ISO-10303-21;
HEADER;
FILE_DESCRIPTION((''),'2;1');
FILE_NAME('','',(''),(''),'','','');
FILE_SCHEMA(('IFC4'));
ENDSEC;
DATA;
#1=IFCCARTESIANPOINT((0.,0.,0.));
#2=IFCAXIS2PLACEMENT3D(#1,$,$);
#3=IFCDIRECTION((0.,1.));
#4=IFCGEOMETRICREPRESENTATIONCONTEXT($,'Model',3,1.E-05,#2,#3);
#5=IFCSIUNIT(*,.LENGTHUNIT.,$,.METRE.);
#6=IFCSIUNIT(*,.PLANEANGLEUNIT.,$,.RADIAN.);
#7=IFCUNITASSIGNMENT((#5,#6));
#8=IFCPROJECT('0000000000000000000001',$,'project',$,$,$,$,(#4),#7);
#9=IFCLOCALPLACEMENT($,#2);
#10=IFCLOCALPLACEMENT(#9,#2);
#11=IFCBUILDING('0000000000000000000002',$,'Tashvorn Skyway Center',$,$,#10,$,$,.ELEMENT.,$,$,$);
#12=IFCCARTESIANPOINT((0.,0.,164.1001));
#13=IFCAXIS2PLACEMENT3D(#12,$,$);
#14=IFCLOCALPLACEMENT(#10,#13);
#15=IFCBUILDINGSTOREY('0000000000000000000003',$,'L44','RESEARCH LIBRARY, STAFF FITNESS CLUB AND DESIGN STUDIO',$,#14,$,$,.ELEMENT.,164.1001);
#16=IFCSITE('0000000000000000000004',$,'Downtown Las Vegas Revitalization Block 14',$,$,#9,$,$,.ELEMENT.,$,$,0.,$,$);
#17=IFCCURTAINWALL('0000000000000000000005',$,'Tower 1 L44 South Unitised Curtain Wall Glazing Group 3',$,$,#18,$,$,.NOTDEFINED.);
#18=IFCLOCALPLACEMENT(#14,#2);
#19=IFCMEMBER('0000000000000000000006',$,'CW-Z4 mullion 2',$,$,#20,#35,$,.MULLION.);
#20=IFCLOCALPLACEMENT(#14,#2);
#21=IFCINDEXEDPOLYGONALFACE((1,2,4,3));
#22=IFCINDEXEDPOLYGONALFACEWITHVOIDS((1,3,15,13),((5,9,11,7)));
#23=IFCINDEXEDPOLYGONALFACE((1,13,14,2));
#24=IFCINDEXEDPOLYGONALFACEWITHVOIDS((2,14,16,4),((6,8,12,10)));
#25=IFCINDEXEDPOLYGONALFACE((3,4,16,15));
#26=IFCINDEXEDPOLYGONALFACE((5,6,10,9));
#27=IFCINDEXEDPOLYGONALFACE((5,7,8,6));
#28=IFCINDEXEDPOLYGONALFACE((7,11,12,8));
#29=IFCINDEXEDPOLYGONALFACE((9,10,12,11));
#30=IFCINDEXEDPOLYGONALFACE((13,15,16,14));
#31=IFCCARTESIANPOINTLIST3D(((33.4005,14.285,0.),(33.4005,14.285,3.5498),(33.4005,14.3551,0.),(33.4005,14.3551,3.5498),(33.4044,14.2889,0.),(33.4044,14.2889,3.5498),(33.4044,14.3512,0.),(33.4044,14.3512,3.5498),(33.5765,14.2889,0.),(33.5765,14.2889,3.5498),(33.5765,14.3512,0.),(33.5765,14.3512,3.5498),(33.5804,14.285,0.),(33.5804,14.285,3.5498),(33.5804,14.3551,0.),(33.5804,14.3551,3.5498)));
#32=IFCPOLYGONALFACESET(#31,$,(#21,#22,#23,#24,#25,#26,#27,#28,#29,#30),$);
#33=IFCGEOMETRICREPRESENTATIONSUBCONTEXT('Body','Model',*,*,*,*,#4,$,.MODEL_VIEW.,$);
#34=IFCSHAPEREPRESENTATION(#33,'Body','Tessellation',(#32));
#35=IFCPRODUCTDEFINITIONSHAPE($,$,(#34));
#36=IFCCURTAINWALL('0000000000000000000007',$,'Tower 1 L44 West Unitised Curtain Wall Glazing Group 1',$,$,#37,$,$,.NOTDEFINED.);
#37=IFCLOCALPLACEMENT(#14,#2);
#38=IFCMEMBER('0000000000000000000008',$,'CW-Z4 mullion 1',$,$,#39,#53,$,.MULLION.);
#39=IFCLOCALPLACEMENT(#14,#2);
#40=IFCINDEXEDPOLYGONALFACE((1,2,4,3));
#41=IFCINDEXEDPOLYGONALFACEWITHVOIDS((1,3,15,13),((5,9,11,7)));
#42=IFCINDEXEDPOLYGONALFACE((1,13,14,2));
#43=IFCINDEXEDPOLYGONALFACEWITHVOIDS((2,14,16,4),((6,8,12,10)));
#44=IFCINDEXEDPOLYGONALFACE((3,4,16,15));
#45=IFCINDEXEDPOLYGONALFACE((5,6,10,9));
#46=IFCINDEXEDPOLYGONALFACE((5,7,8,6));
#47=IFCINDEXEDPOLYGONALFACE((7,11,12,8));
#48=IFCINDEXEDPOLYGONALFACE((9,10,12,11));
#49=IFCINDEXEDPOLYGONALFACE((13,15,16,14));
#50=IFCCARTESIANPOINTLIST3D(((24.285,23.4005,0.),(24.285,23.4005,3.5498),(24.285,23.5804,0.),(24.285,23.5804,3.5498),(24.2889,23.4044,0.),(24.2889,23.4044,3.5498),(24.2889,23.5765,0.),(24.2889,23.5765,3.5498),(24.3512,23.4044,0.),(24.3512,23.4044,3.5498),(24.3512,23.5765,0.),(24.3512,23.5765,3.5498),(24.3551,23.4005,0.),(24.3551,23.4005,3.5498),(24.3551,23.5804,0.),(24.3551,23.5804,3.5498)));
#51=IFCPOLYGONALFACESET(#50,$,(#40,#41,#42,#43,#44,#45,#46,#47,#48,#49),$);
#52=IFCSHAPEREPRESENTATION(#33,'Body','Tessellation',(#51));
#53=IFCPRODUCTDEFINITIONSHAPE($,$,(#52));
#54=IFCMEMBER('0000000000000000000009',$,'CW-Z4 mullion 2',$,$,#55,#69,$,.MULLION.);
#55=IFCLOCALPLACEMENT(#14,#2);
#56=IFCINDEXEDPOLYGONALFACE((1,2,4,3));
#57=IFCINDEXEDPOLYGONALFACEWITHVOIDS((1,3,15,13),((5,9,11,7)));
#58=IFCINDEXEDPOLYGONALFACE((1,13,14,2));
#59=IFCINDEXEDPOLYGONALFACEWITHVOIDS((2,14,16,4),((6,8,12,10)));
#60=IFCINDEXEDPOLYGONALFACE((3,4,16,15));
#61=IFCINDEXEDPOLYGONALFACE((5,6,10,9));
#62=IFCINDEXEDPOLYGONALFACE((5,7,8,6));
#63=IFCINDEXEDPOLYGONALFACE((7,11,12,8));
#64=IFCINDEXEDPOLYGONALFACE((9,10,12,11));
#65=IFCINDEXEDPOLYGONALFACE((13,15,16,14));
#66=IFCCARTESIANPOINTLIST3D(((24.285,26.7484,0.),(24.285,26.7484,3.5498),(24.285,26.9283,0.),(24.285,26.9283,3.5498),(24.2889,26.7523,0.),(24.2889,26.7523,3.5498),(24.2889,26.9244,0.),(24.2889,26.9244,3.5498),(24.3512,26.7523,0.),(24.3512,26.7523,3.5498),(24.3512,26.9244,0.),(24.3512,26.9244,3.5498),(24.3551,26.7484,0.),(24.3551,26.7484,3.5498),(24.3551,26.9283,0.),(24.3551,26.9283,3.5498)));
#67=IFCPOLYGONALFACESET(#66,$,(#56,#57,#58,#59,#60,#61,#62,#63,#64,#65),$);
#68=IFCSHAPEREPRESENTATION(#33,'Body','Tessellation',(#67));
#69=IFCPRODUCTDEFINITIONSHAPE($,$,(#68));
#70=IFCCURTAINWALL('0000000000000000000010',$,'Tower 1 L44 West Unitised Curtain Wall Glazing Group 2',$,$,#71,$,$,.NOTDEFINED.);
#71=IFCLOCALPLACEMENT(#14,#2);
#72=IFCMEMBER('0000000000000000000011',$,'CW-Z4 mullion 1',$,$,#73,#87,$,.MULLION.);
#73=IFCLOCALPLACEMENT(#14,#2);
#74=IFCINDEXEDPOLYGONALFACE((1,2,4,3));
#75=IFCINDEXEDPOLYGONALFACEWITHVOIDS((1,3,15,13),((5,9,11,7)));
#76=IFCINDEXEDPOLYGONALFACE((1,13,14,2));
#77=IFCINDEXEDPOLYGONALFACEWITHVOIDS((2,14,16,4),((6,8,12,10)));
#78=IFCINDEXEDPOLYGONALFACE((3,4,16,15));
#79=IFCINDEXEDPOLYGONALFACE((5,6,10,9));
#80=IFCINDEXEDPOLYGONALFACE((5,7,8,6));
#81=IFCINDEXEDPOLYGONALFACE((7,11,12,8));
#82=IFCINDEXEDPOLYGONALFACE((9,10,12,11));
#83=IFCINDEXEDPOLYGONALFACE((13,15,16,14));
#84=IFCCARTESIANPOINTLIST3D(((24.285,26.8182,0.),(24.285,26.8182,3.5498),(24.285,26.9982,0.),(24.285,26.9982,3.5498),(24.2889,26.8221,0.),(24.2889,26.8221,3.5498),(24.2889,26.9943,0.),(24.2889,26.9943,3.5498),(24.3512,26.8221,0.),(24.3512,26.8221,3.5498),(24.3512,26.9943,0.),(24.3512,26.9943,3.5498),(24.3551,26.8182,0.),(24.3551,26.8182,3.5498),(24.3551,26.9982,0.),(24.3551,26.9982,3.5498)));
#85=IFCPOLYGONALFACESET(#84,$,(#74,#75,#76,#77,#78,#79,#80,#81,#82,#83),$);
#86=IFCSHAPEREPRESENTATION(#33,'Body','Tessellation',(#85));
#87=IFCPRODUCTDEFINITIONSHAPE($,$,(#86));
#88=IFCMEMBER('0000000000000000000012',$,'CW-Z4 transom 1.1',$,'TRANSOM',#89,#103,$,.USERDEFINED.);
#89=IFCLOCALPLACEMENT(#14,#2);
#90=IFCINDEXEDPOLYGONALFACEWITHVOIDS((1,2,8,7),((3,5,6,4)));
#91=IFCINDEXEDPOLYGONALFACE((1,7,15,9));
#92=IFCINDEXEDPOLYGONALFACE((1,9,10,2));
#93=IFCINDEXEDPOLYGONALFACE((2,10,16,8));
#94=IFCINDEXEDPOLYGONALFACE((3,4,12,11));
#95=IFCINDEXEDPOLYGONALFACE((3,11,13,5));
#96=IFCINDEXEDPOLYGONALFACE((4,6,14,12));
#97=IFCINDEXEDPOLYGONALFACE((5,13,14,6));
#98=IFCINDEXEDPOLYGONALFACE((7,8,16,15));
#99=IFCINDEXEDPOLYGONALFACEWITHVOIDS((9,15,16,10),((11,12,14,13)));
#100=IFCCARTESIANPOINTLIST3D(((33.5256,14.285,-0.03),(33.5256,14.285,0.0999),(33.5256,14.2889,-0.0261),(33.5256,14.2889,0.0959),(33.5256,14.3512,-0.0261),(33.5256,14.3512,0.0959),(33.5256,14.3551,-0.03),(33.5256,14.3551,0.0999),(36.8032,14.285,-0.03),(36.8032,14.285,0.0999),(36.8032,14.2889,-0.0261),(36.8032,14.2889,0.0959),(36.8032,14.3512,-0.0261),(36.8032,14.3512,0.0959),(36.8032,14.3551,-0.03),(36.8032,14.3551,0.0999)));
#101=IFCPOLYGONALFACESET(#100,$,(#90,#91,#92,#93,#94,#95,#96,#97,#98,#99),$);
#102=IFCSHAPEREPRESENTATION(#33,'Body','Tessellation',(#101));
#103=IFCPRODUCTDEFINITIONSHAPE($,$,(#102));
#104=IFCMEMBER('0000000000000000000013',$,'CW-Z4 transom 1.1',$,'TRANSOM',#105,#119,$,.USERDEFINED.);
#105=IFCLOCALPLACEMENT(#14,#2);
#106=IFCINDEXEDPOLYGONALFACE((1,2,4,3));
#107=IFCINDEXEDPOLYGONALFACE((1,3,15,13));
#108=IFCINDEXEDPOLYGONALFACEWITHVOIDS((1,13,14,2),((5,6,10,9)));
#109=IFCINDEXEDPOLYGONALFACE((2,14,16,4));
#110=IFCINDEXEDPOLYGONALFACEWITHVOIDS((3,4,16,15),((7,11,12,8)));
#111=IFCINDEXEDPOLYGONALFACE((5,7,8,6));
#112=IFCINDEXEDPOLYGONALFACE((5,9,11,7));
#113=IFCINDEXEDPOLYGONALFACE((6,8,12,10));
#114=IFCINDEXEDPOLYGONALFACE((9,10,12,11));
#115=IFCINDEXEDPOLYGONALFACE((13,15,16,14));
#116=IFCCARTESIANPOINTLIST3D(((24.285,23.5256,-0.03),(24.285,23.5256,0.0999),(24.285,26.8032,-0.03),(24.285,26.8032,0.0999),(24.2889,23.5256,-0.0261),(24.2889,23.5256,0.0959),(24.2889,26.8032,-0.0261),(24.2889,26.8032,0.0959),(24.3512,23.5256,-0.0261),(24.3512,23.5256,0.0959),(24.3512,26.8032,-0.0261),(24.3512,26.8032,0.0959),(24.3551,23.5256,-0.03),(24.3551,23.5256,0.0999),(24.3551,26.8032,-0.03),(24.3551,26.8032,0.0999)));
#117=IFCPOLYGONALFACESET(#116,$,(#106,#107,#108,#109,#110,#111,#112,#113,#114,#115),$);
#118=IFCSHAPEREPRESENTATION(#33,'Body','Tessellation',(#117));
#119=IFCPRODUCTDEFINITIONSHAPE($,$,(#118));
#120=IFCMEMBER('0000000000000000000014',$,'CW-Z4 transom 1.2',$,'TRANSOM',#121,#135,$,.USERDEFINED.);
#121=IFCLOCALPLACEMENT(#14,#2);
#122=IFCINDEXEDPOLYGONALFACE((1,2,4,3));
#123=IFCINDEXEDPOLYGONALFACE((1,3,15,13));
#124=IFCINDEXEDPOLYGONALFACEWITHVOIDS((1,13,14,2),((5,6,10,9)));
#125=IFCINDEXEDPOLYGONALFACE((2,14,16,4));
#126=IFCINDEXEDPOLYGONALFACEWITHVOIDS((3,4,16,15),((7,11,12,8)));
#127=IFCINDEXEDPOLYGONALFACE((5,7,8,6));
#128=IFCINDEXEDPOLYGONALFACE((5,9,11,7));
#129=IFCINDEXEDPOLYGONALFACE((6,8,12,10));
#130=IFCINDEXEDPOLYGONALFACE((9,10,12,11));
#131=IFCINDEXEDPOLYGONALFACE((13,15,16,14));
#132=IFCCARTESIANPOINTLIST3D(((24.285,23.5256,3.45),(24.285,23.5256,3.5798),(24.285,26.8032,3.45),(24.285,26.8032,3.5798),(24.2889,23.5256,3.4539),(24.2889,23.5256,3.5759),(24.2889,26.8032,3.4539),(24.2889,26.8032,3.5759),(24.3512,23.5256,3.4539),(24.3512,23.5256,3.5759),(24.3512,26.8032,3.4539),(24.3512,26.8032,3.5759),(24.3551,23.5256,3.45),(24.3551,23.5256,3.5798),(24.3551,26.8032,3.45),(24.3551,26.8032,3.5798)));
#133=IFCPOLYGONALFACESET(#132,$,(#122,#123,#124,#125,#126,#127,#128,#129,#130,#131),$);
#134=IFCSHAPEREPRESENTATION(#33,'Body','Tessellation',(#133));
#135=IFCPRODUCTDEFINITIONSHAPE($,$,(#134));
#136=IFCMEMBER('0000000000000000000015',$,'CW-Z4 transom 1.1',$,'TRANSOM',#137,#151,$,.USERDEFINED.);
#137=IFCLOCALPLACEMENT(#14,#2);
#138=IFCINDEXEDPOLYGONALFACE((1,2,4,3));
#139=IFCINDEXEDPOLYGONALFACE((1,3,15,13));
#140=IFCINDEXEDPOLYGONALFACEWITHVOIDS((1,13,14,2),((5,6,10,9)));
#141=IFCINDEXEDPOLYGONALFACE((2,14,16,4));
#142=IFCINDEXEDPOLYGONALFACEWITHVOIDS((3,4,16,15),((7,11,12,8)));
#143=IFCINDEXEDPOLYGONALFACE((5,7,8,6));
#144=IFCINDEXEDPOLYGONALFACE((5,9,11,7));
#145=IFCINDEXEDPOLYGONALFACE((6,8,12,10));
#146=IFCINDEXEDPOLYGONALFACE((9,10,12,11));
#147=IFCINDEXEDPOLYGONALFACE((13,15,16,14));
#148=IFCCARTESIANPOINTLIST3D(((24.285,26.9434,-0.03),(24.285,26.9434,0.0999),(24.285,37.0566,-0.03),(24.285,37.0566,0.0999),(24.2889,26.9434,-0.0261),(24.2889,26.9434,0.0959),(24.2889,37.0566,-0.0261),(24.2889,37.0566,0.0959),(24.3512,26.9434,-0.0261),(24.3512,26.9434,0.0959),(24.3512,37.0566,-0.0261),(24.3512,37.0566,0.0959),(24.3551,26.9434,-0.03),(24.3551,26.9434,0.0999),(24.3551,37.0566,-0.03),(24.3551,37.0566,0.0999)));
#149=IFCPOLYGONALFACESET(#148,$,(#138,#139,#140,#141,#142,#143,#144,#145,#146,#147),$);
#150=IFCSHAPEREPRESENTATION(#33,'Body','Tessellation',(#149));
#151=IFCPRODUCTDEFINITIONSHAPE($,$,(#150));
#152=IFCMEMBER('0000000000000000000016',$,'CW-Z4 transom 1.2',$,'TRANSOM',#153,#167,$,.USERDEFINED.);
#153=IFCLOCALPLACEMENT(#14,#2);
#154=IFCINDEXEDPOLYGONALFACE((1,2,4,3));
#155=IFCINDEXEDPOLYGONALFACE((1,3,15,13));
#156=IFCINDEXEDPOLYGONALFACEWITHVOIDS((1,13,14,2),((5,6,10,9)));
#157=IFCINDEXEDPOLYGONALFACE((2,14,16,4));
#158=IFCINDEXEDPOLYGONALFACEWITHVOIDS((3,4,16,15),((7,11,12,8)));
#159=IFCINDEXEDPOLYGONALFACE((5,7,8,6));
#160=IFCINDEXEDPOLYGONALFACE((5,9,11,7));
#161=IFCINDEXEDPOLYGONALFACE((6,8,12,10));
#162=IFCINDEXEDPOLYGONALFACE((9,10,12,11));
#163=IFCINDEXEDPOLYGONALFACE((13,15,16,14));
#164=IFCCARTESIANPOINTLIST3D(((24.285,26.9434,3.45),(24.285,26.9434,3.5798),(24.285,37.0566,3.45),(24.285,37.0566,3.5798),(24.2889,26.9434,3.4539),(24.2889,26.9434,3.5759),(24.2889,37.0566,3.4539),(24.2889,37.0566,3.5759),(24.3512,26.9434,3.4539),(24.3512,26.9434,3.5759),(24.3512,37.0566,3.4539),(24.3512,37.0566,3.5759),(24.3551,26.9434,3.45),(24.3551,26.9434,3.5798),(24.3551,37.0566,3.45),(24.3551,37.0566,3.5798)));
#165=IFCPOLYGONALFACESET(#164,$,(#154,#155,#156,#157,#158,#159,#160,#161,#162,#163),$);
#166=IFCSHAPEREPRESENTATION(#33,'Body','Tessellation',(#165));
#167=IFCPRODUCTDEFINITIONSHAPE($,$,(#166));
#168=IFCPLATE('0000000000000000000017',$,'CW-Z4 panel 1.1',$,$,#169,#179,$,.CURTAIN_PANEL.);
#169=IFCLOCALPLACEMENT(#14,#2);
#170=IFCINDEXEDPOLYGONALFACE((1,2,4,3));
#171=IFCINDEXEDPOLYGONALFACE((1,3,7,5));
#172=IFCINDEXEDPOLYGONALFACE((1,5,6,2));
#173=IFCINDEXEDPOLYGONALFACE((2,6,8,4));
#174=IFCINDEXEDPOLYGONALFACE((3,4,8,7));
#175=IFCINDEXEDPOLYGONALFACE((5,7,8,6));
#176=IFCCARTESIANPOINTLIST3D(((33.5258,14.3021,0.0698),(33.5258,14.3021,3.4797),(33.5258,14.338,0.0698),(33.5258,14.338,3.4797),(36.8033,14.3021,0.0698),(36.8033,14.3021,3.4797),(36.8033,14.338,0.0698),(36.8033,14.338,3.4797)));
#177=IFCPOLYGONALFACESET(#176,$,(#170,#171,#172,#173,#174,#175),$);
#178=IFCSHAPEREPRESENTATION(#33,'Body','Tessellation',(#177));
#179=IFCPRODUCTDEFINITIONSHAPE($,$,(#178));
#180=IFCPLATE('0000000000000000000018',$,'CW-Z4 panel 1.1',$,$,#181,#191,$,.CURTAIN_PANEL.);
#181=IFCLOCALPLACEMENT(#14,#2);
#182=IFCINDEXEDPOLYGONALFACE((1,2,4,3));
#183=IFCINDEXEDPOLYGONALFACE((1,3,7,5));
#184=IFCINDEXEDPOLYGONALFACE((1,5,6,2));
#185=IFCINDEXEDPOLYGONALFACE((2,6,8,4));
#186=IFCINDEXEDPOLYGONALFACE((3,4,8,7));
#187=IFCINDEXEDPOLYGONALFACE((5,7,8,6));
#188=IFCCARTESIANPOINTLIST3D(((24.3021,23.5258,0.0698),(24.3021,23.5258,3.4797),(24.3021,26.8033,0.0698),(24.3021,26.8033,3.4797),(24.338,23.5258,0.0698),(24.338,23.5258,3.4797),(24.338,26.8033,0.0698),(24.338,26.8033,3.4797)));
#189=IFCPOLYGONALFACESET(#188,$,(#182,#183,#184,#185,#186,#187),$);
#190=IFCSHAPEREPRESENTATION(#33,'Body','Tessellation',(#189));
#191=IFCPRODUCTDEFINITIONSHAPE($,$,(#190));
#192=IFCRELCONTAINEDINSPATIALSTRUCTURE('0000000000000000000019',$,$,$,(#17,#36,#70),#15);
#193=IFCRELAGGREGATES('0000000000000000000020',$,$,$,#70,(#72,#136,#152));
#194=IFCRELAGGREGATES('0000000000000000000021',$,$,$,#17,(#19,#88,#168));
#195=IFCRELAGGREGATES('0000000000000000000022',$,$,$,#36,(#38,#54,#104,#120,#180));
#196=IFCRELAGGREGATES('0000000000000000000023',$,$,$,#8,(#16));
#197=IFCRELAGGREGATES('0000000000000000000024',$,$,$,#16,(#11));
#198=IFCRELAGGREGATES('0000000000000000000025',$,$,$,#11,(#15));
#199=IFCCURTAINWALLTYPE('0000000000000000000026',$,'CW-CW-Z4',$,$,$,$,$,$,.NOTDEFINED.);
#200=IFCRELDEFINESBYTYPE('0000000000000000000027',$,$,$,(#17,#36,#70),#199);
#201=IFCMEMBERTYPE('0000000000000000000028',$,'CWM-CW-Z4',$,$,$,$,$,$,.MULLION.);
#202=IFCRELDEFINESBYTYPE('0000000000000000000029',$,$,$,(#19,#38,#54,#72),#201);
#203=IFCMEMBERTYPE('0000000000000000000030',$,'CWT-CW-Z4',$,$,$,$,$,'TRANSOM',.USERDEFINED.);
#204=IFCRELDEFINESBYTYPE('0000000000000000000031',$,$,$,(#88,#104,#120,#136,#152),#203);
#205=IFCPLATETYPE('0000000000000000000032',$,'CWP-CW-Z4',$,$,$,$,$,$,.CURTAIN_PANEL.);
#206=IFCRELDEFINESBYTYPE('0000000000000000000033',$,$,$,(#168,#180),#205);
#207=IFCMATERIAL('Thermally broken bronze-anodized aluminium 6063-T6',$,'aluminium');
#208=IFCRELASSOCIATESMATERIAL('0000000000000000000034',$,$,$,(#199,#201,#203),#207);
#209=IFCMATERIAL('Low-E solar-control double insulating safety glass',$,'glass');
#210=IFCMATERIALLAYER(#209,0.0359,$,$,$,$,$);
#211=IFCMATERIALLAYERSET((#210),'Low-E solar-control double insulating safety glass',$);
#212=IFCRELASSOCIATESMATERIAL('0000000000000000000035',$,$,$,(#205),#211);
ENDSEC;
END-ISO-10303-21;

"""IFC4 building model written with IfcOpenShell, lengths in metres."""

from ifc_helpers import new_model, si_unit, direction, frame, origin, origin_2d, place, context, subcontext, project, spatial, rectangle, hollow_rectangle, extrude, material, layer, layer_set, material_profile, profile_set, type_object, element, aggregate, save


model = new_model("IFC4")

# Units and contexts
model_context = context("Model", 3, precision=1e-05, world=origin(), true_north=direction((0.0, 1.0)))
body_context = subcontext(model_context, "Body", "Model", "MODEL_VIEW")
ifc_project = project(units=[si_unit("LENGTHUNIT", "METRE"), si_unit("PLANEANGLEUNIT", "RADIAN")], contexts=[model_context])

# Site, building, storey
site_placement = place(None, origin())
site = spatial("IfcSite", under=ifc_project, at=site_placement, Name="Downtown Las Vegas Revitalization Block 14", CompositionType="ELEMENT", RefElevation=0.0)
building_placement = place(site_placement, origin())
building = spatial("IfcBuilding", under=site, at=building_placement, Name="Tashvorn Skyway Center", CompositionType="ELEMENT")
storey_placement = place(building_placement, frame((0.0, 0.0, 164.1001)))
storey = spatial("IfcBuildingStorey", under=building, at=storey_placement, Name="L44", Description="RESEARCH LIBRARY, STAFF FITNESS CLUB AND DESIGN STUDIO", CompositionType="ELEMENT", Elevation=164.1001)

# Curtain wall, member
ifc_material_1 = material(Name="Thermally broken bronze-anodized aluminium 6063-T6", Category="aluminium")
curtain_wall_type = type_object("IfcCurtainWallType", Name="CW-CW-Z4", PredefinedType="NOTDEFINED", material=ifc_material_1)
curtain_wall_1_placement = place(storey_placement, origin())
curtain_wall_1 = element("IfcCurtainWall", 1, at=curtain_wall_1_placement, inside=storey, type_object=curtain_wall_type, Name="Tower 1 L44 South Unitised Curtain Wall Glazing Group 3", PredefinedType="NOTDEFINED")
ifc_material_profile_1 = material_profile(ifc_material_1, hollow_rectangle(XDim=0.0701, YDim=0.1799, WallThickness=0.0039, at=origin_2d()), Name="ALU-MULL-70x180")
ifc_profile_set_1 = profile_set([ifc_material_profile_1], Name="Thermally broken bronze-anodized aluminium 6063-T6")
member_type_1 = type_object("IfcMemberType", Name="CWM-CW-Z4", PredefinedType="MULLION", material=ifc_profile_set_1)
member_1_placement = place(storey_placement, frame((33.4905, 14.3201, 0.0), z_axis=(0.0, 0.0, 1.0), x_axis=(0.0, -1.0, 0.0)))
member_1 = element("IfcMember", 2, at=member_1_placement, type_object=member_type_1, Name="CW-Z4 mullion 2", PredefinedType="MULLION", context=body_context, shape_type="SweptSolid", body=[
    extrude(hollow_rectangle(XDim=0.0701, YDim=0.1799, WallThickness=0.0039, at=origin_2d()), origin(), (0.0, 0.0, 1.0), 3.5498),
])

# Curtain wall, members
curtain_wall_2_placement = place(storey_placement, origin())
curtain_wall_2 = element("IfcCurtainWall", 3, at=curtain_wall_2_placement, inside=storey, type_object=curtain_wall_type, Name="Tower 1 L44 West Unitised Curtain Wall Glazing Group 1", PredefinedType="NOTDEFINED")
member_2_placement = place(storey_placement, frame((24.3201, 23.4905, 0.0), z_axis=(0.0, 0.0, 1.0), x_axis=(-1.0, 0.0, 0.0)))
member_2 = element("IfcMember", 4, at=member_2_placement, type_object=member_type_1, Name="CW-Z4 mullion 1", PredefinedType="MULLION", context=body_context, shape_type="SweptSolid", body=[
    extrude(hollow_rectangle(XDim=0.0701, YDim=0.1799, WallThickness=0.0039, at=origin_2d()), origin(), (0.0, 0.0, 1.0), 3.5498),
])
member_3_placement = place(storey_placement, frame((24.3201, 26.8384, 0.0), z_axis=(0.0, 0.0, 1.0), x_axis=(-1.0, 0.0, 0.0)))
member_3 = element("IfcMember", 5, at=member_3_placement, type_object=member_type_1, Name="CW-Z4 mullion 2", PredefinedType="MULLION", context=body_context, shape_type="SweptSolid", body=[
    extrude(hollow_rectangle(XDim=0.0701, YDim=0.1799, WallThickness=0.0039, at=origin_2d()), origin(), (0.0, 0.0, 1.0), 3.5498),
])

# Curtain wall, member
curtain_wall_3_placement = place(storey_placement, origin())
curtain_wall_3 = element("IfcCurtainWall", 6, at=curtain_wall_3_placement, inside=storey, type_object=curtain_wall_type, Name="Tower 1 L44 West Unitised Curtain Wall Glazing Group 2", PredefinedType="NOTDEFINED")
member_4_placement = place(storey_placement, frame((24.3201, 26.9082, 0.0), z_axis=(0.0, 0.0, 1.0), x_axis=(-1.0, 0.0, 0.0)))
member_4 = element("IfcMember", 7, at=member_4_placement, type_object=member_type_1, Name="CW-Z4 mullion 1", PredefinedType="MULLION", context=body_context, shape_type="SweptSolid", body=[
    extrude(hollow_rectangle(XDim=0.0701, YDim=0.1799, WallThickness=0.0039, at=origin_2d()), origin(), (0.0, 0.0, 1.0), 3.5498),
])

# Members
ifc_material_profile_2 = material_profile(ifc_material_1, hollow_rectangle(XDim=0.0701, YDim=0.1299, WallThickness=0.0039, at=origin_2d()), Name="ALU-TRAN-70x130")
ifc_profile_set_2 = profile_set([ifc_material_profile_2], Name="Thermally broken bronze-anodized aluminium 6063-T6")
member_type_2 = type_object("IfcMemberType", Name="CWT-CW-Z4", ElementType="TRANSOM", PredefinedType="USERDEFINED", material=ifc_profile_set_2)
member_5_placement = place(storey_placement, frame((36.8032, 14.3201, 0.0349), z_axis=(-1.0, 0.0, 0.0), x_axis=(0.0, -1.0, 0.0)))
member_5 = element("IfcMember", 8, at=member_5_placement, type_object=member_type_2, Name="CW-Z4 transom 1.1", ObjectType="TRANSOM", PredefinedType="USERDEFINED", context=body_context, shape_type="SweptSolid", body=[
    extrude(hollow_rectangle(XDim=0.0701, YDim=0.1299, WallThickness=0.0039, at=origin_2d()), origin(), (0.0, 0.0, 1.0), 3.2776),
])
member_6_placement = place(storey_placement, frame((24.3201, 23.5256, 0.0349), z_axis=(0.0, 1.0, 0.0), x_axis=(-1.0, 0.0, 0.0)))
member_6 = element("IfcMember", 9, at=member_6_placement, type_object=member_type_2, Name="CW-Z4 transom 1.1", ObjectType="TRANSOM", PredefinedType="USERDEFINED", context=body_context, shape_type="SweptSolid", body=[
    extrude(hollow_rectangle(XDim=0.0701, YDim=0.1299, WallThickness=0.0039, at=origin_2d()), origin(), (0.0, 0.0, 1.0), 3.2776),
])
member_7_placement = place(storey_placement, frame((24.3201, 23.5256, 3.5149), z_axis=(0.0, 1.0, 0.0), x_axis=(-1.0, 0.0, 0.0)))
member_7 = element("IfcMember", 10, at=member_7_placement, type_object=member_type_2, Name="CW-Z4 transom 1.2", ObjectType="TRANSOM", PredefinedType="USERDEFINED", context=body_context, shape_type="SweptSolid", body=[
    extrude(hollow_rectangle(XDim=0.0701, YDim=0.1299, WallThickness=0.0039, at=origin_2d()), origin(), (0.0, 0.0, 1.0), 3.2776),
])
member_8_placement = place(storey_placement, frame((24.3201, 26.9434, 0.0349), z_axis=(0.0, 1.0, 0.0), x_axis=(-1.0, 0.0, 0.0)))
member_8 = element("IfcMember", 11, at=member_8_placement, type_object=member_type_2, Name="CW-Z4 transom 1.1", ObjectType="TRANSOM", PredefinedType="USERDEFINED", context=body_context, shape_type="SweptSolid", body=[
    extrude(hollow_rectangle(XDim=0.0701, YDim=0.1299, WallThickness=0.0039, at=origin_2d()), origin(), (0.0, 0.0, 1.0), 10.1133),
])
member_9_placement = place(storey_placement, frame((24.3201, 26.9434, 3.5149), z_axis=(0.0, 1.0, 0.0), x_axis=(-1.0, 0.0, 0.0)))
member_9 = element("IfcMember", 12, at=member_9_placement, type_object=member_type_2, Name="CW-Z4 transom 1.2", ObjectType="TRANSOM", PredefinedType="USERDEFINED", context=body_context, shape_type="SweptSolid", body=[
    extrude(hollow_rectangle(XDim=0.0701, YDim=0.1299, WallThickness=0.0039, at=origin_2d()), origin(), (0.0, 0.0, 1.0), 10.1133),
])
aggregate(curtain_wall_3, [member_4, member_8, member_9])

# Plates
ifc_material_2 = material(Name="Low-E solar-control double insulating safety glass", Category="glass")
ifc_layer_1 = layer(ifc_material_2, 0.0359)
ifc_layer_set_1 = layer_set([ifc_layer_1], Name="Low-E solar-control double insulating safety glass")
plate_type = type_object("IfcPlateType", Name="CWP-CW-Z4", PredefinedType="CURTAIN_PANEL", material=ifc_layer_set_1)
plate_1_placement = place(storey_placement, frame((35.1646, 14.3201, 0.0698), z_axis=(0.0, 0.0, 1.0), x_axis=(-1.0, 0.0, 0.0)))
plate_1 = element("IfcPlate", 13, at=plate_1_placement, type_object=plate_type, Name="CW-Z4 panel 1.1", PredefinedType="CURTAIN_PANEL", context=body_context, shape_type="SweptSolid", body=[
    extrude(rectangle(XDim=3.2776, YDim=0.0359, at=origin_2d()), origin(), (0.0, 0.0, 1.0), 3.4099),
])
aggregate(curtain_wall_1, [member_1, member_5, plate_1])
plate_2_placement = place(storey_placement, frame((24.3201, 25.1646, 0.0698), z_axis=(0.0, 0.0, 1.0), x_axis=(0.0, 1.0, 0.0)))
plate_2 = element("IfcPlate", 14, at=plate_2_placement, type_object=plate_type, Name="CW-Z4 panel 1.1", PredefinedType="CURTAIN_PANEL", context=body_context, shape_type="SweptSolid", body=[
    extrude(rectangle(XDim=3.2776, YDim=0.0359, at=origin_2d()), origin(), (0.0, 0.0, 1.0), 3.4099),
])
aggregate(curtain_wall_2, [member_2, member_3, member_6, member_7, plate_2])

save(model, "model.ifc")
